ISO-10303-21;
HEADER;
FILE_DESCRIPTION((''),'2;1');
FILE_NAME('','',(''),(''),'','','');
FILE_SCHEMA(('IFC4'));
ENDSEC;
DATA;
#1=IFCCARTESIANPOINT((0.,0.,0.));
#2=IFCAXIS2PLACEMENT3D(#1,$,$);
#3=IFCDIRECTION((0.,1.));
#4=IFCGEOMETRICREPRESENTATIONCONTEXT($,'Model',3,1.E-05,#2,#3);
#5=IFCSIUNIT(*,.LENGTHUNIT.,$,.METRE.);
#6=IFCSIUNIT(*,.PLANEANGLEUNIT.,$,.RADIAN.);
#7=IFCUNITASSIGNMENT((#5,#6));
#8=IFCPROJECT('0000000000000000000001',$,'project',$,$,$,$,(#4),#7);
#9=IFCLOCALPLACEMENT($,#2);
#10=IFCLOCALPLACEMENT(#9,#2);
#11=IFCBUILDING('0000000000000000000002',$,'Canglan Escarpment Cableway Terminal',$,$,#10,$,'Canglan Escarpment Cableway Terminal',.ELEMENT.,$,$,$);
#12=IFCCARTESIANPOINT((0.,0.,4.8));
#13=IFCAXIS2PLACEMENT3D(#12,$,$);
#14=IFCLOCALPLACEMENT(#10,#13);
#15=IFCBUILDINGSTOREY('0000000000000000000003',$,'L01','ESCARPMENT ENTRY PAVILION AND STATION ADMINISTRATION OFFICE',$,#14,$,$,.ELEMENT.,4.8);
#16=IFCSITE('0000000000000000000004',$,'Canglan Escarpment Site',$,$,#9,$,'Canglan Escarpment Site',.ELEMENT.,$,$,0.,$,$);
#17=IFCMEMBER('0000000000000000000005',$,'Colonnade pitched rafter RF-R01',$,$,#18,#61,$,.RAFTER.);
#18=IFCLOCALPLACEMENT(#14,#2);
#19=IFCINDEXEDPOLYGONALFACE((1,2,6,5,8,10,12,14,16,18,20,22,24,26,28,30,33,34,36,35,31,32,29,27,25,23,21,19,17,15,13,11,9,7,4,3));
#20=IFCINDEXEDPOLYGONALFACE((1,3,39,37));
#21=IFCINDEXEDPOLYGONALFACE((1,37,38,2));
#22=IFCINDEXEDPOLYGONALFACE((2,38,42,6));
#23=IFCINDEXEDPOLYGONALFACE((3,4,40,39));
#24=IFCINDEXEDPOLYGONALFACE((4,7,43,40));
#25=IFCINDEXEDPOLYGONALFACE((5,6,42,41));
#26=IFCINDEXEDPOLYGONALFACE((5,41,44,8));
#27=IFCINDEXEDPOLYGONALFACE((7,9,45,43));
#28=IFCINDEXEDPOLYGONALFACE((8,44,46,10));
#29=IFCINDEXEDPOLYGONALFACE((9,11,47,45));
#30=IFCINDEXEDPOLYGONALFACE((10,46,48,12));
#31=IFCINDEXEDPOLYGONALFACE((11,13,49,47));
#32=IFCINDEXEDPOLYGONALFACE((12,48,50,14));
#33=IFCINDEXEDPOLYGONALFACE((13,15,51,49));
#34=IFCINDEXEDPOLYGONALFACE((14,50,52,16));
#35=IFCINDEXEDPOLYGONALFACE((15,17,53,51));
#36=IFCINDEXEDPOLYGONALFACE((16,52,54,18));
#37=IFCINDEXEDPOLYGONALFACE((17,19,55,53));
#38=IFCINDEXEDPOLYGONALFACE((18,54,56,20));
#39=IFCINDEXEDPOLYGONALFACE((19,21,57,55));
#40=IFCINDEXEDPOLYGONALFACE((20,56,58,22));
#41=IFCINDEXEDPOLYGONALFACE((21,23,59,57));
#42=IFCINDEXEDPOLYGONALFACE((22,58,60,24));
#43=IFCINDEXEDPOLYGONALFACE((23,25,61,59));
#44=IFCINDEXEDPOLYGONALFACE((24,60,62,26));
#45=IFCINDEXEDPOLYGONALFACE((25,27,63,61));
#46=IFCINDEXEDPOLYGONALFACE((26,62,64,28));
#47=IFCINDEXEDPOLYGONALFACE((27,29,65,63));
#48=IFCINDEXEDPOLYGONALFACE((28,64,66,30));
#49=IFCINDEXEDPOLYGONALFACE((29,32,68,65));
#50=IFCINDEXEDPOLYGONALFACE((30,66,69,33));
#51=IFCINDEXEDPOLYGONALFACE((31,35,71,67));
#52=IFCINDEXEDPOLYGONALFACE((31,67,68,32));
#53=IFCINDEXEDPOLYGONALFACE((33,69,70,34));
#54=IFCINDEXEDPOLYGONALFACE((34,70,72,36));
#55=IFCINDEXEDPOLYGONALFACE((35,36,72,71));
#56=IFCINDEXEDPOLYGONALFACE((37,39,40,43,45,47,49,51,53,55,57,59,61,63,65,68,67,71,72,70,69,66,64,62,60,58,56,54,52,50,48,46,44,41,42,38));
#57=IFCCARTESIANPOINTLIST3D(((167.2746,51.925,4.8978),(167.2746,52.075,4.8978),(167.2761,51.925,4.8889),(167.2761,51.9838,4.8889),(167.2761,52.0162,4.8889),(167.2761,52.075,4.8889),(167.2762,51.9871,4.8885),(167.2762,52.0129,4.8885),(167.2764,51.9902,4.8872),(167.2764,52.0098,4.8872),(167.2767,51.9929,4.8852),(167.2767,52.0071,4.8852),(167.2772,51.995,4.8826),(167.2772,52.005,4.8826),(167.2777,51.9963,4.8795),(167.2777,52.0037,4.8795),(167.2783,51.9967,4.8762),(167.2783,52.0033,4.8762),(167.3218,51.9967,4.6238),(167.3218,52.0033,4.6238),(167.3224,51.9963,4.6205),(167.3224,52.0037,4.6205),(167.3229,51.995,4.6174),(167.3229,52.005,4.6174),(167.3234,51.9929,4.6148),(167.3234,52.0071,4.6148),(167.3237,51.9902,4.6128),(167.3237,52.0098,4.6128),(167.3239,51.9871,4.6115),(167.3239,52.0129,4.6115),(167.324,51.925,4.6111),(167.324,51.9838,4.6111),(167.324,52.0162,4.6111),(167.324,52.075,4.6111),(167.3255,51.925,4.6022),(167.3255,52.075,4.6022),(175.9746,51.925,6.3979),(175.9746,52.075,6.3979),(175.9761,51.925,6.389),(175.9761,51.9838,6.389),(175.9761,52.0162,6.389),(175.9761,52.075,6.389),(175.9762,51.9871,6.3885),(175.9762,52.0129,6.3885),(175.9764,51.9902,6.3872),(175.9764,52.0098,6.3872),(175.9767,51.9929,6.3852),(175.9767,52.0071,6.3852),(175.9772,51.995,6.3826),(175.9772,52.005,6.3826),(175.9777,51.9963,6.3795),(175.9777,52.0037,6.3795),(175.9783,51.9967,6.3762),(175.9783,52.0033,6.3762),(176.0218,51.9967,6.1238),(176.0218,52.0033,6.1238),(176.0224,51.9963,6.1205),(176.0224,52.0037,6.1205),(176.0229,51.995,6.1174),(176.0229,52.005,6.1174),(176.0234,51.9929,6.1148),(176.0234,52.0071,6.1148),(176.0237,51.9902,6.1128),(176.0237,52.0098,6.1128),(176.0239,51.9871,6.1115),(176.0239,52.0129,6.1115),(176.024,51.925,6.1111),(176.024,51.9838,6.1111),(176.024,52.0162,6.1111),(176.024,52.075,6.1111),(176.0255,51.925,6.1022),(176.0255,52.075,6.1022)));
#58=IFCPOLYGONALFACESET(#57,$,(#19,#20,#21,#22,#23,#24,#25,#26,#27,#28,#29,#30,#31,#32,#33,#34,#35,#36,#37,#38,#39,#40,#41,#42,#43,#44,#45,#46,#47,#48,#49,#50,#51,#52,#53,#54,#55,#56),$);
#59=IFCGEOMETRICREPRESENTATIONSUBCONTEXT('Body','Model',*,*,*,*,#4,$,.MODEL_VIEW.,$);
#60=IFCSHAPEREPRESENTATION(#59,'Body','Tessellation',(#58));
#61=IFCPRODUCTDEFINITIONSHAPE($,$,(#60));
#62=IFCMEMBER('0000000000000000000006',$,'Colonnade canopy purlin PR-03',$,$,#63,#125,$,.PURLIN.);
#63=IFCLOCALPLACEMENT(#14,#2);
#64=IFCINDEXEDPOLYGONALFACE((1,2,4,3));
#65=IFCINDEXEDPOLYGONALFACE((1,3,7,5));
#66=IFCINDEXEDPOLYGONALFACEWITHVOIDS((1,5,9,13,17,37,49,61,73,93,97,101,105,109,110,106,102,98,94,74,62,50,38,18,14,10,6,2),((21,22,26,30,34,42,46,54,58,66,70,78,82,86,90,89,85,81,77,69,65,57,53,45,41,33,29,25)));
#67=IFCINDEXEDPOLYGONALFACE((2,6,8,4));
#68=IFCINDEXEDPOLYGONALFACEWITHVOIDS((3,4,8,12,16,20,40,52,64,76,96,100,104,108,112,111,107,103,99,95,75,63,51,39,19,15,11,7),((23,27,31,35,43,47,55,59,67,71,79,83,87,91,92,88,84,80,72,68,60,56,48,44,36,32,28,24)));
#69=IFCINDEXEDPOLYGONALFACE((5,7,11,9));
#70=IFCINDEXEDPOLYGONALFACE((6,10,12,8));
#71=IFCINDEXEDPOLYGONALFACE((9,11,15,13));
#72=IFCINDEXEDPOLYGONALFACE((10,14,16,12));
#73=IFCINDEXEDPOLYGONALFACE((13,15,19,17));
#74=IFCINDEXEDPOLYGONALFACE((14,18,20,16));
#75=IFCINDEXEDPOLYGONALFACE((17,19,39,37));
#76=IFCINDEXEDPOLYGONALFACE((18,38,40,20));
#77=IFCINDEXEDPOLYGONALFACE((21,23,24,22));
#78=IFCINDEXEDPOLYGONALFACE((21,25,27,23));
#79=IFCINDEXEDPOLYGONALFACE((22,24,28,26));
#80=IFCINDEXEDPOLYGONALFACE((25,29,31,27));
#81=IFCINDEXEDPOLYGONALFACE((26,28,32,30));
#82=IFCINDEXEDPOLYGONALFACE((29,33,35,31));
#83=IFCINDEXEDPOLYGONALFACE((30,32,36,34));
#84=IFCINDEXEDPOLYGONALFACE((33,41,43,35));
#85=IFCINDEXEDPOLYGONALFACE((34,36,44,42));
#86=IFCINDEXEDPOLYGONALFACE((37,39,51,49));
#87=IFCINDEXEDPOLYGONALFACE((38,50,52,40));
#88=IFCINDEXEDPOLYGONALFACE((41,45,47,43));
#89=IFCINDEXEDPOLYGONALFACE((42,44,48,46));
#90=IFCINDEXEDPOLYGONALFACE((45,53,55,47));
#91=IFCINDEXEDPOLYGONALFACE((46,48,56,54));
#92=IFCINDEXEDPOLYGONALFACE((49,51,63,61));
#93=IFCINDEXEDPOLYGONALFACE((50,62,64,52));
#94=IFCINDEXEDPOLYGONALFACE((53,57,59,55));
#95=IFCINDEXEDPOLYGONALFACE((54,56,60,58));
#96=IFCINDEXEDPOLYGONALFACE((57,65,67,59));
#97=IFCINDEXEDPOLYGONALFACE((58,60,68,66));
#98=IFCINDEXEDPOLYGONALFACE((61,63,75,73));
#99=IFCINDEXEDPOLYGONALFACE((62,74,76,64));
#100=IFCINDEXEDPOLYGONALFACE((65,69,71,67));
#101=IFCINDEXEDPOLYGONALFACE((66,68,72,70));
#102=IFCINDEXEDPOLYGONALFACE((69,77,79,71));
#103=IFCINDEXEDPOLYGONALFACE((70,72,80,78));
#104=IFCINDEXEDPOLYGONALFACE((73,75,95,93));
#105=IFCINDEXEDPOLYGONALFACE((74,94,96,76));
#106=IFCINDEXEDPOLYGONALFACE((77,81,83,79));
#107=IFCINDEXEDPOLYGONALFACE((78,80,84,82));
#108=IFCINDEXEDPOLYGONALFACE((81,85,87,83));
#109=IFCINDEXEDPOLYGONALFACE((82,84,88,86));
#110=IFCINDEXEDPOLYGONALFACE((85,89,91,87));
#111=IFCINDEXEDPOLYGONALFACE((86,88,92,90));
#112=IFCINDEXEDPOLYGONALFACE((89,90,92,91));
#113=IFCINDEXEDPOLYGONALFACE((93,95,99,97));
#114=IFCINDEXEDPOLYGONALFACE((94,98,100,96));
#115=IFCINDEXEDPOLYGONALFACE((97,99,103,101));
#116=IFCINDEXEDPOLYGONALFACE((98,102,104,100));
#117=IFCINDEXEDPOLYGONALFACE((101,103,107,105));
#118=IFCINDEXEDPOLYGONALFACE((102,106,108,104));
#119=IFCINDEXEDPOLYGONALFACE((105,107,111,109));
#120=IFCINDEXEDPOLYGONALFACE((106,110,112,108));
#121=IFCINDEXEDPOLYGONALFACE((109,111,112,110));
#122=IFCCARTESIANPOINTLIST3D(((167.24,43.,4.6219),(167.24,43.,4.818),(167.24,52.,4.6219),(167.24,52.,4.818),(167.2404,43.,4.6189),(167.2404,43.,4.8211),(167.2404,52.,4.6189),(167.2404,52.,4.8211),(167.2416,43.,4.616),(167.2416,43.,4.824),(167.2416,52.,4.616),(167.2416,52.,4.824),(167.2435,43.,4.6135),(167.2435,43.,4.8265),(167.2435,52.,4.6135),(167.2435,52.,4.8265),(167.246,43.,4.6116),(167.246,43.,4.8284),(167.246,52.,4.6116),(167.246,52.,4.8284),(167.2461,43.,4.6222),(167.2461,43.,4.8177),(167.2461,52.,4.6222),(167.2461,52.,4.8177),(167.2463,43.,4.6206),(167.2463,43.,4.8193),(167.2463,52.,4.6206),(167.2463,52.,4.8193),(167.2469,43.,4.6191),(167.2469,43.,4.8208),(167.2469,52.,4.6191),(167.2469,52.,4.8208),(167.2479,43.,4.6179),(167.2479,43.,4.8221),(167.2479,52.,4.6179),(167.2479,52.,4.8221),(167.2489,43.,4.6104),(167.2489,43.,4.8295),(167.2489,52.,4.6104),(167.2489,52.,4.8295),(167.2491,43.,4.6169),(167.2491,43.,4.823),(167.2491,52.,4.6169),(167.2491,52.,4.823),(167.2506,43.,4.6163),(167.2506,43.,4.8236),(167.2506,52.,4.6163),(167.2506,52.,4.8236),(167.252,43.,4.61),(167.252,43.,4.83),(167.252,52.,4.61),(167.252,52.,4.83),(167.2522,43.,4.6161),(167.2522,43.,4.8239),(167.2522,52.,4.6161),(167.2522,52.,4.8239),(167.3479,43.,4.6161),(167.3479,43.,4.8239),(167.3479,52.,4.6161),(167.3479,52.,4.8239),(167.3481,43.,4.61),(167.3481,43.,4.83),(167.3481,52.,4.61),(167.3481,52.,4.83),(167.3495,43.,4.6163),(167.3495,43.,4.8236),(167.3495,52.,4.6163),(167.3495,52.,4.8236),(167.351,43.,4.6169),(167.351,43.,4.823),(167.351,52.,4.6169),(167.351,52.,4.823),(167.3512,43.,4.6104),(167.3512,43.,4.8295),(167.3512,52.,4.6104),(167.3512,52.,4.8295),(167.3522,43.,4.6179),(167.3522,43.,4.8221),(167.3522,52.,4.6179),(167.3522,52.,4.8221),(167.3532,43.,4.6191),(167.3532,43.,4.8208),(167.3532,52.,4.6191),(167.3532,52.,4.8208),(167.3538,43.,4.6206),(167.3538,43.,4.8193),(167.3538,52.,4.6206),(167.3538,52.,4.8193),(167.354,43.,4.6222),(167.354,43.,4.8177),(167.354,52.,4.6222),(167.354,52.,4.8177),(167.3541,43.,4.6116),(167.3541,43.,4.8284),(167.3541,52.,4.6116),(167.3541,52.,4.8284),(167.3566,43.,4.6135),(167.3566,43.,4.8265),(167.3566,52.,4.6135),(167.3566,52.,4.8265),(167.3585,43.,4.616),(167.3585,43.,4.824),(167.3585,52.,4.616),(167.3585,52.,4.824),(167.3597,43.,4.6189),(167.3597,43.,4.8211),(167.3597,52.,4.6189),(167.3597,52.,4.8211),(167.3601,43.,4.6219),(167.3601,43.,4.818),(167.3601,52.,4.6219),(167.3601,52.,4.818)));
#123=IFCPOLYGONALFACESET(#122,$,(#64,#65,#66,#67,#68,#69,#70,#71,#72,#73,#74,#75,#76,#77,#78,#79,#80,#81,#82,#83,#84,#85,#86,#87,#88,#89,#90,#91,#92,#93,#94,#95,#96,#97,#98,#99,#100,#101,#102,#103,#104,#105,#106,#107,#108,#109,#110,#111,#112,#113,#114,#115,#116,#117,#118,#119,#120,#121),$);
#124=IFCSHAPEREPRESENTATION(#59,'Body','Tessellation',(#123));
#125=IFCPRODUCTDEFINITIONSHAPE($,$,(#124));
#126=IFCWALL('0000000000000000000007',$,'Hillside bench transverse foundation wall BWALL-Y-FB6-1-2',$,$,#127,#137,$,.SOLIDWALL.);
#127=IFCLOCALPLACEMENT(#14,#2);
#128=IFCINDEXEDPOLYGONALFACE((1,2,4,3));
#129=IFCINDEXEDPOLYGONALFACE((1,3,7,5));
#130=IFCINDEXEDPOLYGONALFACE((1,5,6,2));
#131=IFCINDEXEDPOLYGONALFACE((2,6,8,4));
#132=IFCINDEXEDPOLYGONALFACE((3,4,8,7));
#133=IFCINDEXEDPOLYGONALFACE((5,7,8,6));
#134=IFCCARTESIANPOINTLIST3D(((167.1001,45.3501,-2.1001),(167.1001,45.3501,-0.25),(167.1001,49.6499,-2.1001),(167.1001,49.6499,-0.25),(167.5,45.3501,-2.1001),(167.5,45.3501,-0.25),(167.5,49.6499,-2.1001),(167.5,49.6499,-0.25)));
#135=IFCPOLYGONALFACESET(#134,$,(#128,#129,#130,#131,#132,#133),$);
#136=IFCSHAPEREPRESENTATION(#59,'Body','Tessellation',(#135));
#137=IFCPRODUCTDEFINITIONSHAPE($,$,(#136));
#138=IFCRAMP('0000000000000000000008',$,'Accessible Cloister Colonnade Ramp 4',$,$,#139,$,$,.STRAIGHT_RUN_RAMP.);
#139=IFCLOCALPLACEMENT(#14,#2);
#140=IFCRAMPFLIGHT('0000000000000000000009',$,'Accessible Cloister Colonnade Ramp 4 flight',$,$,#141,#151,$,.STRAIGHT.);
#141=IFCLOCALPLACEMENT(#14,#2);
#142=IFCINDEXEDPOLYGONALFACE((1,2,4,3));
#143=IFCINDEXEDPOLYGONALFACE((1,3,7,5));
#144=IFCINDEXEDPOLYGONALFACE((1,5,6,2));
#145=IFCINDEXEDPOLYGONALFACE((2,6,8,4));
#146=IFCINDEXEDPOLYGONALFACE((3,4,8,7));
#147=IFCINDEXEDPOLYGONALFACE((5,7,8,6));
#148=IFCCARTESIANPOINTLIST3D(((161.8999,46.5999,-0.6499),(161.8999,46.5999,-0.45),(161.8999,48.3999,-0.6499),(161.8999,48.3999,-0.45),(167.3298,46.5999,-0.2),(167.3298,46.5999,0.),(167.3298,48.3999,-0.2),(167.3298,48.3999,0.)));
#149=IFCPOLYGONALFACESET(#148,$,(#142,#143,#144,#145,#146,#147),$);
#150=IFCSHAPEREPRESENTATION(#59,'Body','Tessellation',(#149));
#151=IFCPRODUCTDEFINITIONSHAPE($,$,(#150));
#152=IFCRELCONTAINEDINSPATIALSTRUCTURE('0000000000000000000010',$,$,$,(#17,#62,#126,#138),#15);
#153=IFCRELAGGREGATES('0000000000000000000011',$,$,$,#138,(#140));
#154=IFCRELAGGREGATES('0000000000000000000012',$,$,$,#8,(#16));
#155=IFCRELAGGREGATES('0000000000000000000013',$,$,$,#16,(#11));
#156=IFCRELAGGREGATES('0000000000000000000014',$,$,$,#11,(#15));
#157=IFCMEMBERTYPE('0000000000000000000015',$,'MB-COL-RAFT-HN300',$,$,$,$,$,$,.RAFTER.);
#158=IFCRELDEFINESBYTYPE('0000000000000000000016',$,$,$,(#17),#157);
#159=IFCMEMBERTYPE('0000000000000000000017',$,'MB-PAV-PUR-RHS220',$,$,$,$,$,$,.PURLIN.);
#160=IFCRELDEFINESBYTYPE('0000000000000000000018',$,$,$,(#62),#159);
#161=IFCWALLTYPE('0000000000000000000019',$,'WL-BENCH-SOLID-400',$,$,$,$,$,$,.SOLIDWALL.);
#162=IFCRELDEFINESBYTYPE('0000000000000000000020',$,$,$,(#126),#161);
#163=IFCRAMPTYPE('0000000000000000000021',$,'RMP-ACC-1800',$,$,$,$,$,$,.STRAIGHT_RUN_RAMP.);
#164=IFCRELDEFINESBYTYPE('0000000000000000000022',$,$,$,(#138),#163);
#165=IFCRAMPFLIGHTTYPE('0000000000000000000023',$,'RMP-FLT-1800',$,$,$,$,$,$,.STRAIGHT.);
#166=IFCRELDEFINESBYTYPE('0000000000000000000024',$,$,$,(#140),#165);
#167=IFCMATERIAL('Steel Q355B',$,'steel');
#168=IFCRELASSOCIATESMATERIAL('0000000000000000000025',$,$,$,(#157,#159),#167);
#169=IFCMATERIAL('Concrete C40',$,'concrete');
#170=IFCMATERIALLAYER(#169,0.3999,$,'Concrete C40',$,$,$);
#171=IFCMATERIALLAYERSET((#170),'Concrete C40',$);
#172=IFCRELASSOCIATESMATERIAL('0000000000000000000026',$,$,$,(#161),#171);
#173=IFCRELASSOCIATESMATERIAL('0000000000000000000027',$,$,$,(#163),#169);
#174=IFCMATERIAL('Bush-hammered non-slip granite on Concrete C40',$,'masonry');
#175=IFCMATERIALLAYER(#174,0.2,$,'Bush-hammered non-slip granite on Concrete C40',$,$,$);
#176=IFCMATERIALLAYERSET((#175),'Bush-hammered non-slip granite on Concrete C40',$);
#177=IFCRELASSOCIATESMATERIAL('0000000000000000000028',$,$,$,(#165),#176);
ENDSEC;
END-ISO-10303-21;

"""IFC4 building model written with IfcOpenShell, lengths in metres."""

from ifc_helpers import new_model, si_unit, direction, frame, frame_2d, origin, origin_2d, place, context, subcontext, project, spatial, polyline, rectangle, hollow_rectangle, i_section, outline, extrude, material, layer, layer_set, material_profile, profile_set, type_object, element, aggregate, save


model = new_model("IFC4")

# Units and contexts
model_context = context("Model", 3, precision=1e-05, world=origin(), true_north=direction((0.0, 1.0)))
body_context = subcontext(model_context, "Body", "Model", "MODEL_VIEW")
ifc_project = project(units=[si_unit("LENGTHUNIT", "METRE"), si_unit("PLANEANGLEUNIT", "RADIAN")], contexts=[model_context])

# Site, building, storey
site_placement = place(None, origin())
site = spatial("IfcSite", under=ifc_project, at=site_placement, Name="Canglan Escarpment Site", LongName="Canglan Escarpment Site", CompositionType="ELEMENT", RefElevation=0.0)
building_placement = place(site_placement, origin())
building = spatial("IfcBuilding", under=site, at=building_placement, Name="Canglan Escarpment Cableway Terminal", LongName="Canglan Escarpment Cableway Terminal", CompositionType="ELEMENT")
storey_placement = place(building_placement, frame((0.0, 0.0, 4.8)))
storey = spatial("IfcBuildingStorey", under=building, at=storey_placement, Name="L01", Description="ESCARPMENT ENTRY PAVILION AND STATION ADMINISTRATION OFFICE", CompositionType="ELEMENT", Elevation=4.8)

# Shared definitions
ifc_material_1 = material(Name="Concrete C40", Category="concrete")

# Members
ifc_material_2 = material(Name="Steel Q355B", Category="steel")
ifc_material_profile_1 = material_profile(ifc_material_2, i_section(OverallWidth=0.1499, OverallDepth=0.3, WebThickness=0.0066, FlangeThickness=0.009, FilletRadius=0.0129, at=origin_2d()), Name="HN 300x150x6.5x9")
ifc_profile_set_1 = profile_set([ifc_material_profile_1], Name="Steel Q355B")
member_type_1 = type_object("IfcMemberType", Name="MB-COL-RAFT-HN300", PredefinedType="RAFTER", material=ifc_profile_set_1)
for number, where, z_axis, x_axis, name in (
    (1, (167.3, 52.0, 4.75), (0.98546, 0.0, 0.169908), (0.0, 1.0, 0.0), "Colonnade pitched rafter RF-R01"),
):
    element("IfcMember", number, at=place(storey_placement, frame(where, z_axis=z_axis, x_axis=x_axis)), inside=storey, type_object=member_type_1, Name=name, PredefinedType="RAFTER", context=body_context, shape_type="SweptSolid", body=[
        extrude(i_section(OverallWidth=0.1499, OverallDepth=0.3, WebThickness=0.0066, FlangeThickness=0.009, FilletRadius=0.0129, at=origin_2d()), origin(), (0.0, 0.0, 1.0), 8.8284),
    ])
ifc_material_profile_2 = material_profile(ifc_material_2, hollow_rectangle(XDim=0.1201, YDim=0.22, WallThickness=0.0061, InnerFilletRadius=0.0061, OuterFilletRadius=0.012, at=origin_2d()), Name="RHS 220x120x6")
ifc_profile_set_2 = profile_set([ifc_material_profile_2], Name="Steel Q355B")
member_type_2 = type_object("IfcMemberType", Name="MB-PAV-PUR-RHS220", PredefinedType="PURLIN", material=ifc_profile_set_2)
member_placement = place(storey_placement, frame((167.3, 43.0, 4.72), z_axis=(0.0, 1.0, 0.0), x_axis=(-1.0, 0.0, 0.0)))
element("IfcMember", 2, at=member_placement, inside=storey, type_object=member_type_2, Name="Colonnade canopy purlin PR-03", PredefinedType="PURLIN", context=body_context, shape_type="SweptSolid", body=[
    extrude(hollow_rectangle(XDim=0.1201, YDim=0.22, WallThickness=0.0061, InnerFilletRadius=0.0061, OuterFilletRadius=0.012, at=origin_2d()), origin(), (0.0, 0.0, 1.0), 9.0),
])

# Wall
ifc_layer_1 = layer(ifc_material_1, 0.3999, Name="Concrete C40")
ifc_layer_set_1 = layer_set([ifc_layer_1], Name="Concrete C40")
wall_type = type_object("IfcWallType", Name="WL-BENCH-SOLID-400", PredefinedType="SOLIDWALL", material=ifc_layer_set_1)
wall_placement = place(storey_placement, frame((167.3, 45.3501, -2.1001), z_axis=(0.0, 0.0, 1.0), x_axis=(0.0, 1.0, 0.0)))
element("IfcWall", 3, at=wall_placement, inside=storey, type_object=wall_type, Name="Hillside bench transverse foundation wall BWALL-Y-FB6-1-2", PredefinedType="SOLIDWALL", context=body_context, shape_type="SweptSolid", body=[
    extrude(rectangle(XDim=4.2998, YDim=0.3999, at=frame_2d((2.1499, 0.0))), origin(), (0.0, 0.0, 1.0), 1.8501),
])

# Ramp, ramp flight
ramp_type = type_object("IfcRampType", Name="RMP-ACC-1800", PredefinedType="STRAIGHT_RUN_RAMP", material=ifc_material_1)
ramp_placement = place(storey_placement, origin())
ramp = element("IfcRamp", 4, at=ramp_placement, inside=storey, type_object=ramp_type, Name="Accessible Cloister Colonnade Ramp 4", PredefinedType="STRAIGHT_RUN_RAMP")
ifc_material_3 = material(Name="Bush-hammered non-slip granite on Concrete C40", Category="masonry")
ifc_layer_2 = layer(ifc_material_3, 0.2, Name="Bush-hammered non-slip granite on Concrete C40")
ifc_layer_set_2 = layer_set([ifc_layer_2], Name="Bush-hammered non-slip granite on Concrete C40")
ramp_flight_type = type_object("IfcRampFlightType", Name="RMP-FLT-1800", PredefinedType="STRAIGHT", material=ifc_layer_set_2)
ramp_flight_placement = place(storey_placement, frame((161.8999, 47.5, -0.45), z_axis=(0.0, 0.0, 1.0), x_axis=(1.0, 0.0, 0.0)))
ramp_flight = element("IfcRampFlight", 5, at=ramp_flight_placement, type_object=ramp_flight_type, Name="Accessible Cloister Colonnade Ramp 4 flight", PredefinedType="STRAIGHT", context=body_context, shape_type="SweptSolid", body=[
    extrude(outline(polyline([(0.0, 0.0), (0.0, -0.2), (5.4299, 0.25), (5.4299, 0.45), (0.0, 0.0)])), frame((0.0, 0.8999, 0.0), z_axis=(0.0, -1.0, 0.0), x_axis=(1.0, 0.0, 0.0)), (0.0, 0.0, 1.0), 1.8),
])
aggregate(ramp, [ramp_flight])

save(model, "model.ifc")
